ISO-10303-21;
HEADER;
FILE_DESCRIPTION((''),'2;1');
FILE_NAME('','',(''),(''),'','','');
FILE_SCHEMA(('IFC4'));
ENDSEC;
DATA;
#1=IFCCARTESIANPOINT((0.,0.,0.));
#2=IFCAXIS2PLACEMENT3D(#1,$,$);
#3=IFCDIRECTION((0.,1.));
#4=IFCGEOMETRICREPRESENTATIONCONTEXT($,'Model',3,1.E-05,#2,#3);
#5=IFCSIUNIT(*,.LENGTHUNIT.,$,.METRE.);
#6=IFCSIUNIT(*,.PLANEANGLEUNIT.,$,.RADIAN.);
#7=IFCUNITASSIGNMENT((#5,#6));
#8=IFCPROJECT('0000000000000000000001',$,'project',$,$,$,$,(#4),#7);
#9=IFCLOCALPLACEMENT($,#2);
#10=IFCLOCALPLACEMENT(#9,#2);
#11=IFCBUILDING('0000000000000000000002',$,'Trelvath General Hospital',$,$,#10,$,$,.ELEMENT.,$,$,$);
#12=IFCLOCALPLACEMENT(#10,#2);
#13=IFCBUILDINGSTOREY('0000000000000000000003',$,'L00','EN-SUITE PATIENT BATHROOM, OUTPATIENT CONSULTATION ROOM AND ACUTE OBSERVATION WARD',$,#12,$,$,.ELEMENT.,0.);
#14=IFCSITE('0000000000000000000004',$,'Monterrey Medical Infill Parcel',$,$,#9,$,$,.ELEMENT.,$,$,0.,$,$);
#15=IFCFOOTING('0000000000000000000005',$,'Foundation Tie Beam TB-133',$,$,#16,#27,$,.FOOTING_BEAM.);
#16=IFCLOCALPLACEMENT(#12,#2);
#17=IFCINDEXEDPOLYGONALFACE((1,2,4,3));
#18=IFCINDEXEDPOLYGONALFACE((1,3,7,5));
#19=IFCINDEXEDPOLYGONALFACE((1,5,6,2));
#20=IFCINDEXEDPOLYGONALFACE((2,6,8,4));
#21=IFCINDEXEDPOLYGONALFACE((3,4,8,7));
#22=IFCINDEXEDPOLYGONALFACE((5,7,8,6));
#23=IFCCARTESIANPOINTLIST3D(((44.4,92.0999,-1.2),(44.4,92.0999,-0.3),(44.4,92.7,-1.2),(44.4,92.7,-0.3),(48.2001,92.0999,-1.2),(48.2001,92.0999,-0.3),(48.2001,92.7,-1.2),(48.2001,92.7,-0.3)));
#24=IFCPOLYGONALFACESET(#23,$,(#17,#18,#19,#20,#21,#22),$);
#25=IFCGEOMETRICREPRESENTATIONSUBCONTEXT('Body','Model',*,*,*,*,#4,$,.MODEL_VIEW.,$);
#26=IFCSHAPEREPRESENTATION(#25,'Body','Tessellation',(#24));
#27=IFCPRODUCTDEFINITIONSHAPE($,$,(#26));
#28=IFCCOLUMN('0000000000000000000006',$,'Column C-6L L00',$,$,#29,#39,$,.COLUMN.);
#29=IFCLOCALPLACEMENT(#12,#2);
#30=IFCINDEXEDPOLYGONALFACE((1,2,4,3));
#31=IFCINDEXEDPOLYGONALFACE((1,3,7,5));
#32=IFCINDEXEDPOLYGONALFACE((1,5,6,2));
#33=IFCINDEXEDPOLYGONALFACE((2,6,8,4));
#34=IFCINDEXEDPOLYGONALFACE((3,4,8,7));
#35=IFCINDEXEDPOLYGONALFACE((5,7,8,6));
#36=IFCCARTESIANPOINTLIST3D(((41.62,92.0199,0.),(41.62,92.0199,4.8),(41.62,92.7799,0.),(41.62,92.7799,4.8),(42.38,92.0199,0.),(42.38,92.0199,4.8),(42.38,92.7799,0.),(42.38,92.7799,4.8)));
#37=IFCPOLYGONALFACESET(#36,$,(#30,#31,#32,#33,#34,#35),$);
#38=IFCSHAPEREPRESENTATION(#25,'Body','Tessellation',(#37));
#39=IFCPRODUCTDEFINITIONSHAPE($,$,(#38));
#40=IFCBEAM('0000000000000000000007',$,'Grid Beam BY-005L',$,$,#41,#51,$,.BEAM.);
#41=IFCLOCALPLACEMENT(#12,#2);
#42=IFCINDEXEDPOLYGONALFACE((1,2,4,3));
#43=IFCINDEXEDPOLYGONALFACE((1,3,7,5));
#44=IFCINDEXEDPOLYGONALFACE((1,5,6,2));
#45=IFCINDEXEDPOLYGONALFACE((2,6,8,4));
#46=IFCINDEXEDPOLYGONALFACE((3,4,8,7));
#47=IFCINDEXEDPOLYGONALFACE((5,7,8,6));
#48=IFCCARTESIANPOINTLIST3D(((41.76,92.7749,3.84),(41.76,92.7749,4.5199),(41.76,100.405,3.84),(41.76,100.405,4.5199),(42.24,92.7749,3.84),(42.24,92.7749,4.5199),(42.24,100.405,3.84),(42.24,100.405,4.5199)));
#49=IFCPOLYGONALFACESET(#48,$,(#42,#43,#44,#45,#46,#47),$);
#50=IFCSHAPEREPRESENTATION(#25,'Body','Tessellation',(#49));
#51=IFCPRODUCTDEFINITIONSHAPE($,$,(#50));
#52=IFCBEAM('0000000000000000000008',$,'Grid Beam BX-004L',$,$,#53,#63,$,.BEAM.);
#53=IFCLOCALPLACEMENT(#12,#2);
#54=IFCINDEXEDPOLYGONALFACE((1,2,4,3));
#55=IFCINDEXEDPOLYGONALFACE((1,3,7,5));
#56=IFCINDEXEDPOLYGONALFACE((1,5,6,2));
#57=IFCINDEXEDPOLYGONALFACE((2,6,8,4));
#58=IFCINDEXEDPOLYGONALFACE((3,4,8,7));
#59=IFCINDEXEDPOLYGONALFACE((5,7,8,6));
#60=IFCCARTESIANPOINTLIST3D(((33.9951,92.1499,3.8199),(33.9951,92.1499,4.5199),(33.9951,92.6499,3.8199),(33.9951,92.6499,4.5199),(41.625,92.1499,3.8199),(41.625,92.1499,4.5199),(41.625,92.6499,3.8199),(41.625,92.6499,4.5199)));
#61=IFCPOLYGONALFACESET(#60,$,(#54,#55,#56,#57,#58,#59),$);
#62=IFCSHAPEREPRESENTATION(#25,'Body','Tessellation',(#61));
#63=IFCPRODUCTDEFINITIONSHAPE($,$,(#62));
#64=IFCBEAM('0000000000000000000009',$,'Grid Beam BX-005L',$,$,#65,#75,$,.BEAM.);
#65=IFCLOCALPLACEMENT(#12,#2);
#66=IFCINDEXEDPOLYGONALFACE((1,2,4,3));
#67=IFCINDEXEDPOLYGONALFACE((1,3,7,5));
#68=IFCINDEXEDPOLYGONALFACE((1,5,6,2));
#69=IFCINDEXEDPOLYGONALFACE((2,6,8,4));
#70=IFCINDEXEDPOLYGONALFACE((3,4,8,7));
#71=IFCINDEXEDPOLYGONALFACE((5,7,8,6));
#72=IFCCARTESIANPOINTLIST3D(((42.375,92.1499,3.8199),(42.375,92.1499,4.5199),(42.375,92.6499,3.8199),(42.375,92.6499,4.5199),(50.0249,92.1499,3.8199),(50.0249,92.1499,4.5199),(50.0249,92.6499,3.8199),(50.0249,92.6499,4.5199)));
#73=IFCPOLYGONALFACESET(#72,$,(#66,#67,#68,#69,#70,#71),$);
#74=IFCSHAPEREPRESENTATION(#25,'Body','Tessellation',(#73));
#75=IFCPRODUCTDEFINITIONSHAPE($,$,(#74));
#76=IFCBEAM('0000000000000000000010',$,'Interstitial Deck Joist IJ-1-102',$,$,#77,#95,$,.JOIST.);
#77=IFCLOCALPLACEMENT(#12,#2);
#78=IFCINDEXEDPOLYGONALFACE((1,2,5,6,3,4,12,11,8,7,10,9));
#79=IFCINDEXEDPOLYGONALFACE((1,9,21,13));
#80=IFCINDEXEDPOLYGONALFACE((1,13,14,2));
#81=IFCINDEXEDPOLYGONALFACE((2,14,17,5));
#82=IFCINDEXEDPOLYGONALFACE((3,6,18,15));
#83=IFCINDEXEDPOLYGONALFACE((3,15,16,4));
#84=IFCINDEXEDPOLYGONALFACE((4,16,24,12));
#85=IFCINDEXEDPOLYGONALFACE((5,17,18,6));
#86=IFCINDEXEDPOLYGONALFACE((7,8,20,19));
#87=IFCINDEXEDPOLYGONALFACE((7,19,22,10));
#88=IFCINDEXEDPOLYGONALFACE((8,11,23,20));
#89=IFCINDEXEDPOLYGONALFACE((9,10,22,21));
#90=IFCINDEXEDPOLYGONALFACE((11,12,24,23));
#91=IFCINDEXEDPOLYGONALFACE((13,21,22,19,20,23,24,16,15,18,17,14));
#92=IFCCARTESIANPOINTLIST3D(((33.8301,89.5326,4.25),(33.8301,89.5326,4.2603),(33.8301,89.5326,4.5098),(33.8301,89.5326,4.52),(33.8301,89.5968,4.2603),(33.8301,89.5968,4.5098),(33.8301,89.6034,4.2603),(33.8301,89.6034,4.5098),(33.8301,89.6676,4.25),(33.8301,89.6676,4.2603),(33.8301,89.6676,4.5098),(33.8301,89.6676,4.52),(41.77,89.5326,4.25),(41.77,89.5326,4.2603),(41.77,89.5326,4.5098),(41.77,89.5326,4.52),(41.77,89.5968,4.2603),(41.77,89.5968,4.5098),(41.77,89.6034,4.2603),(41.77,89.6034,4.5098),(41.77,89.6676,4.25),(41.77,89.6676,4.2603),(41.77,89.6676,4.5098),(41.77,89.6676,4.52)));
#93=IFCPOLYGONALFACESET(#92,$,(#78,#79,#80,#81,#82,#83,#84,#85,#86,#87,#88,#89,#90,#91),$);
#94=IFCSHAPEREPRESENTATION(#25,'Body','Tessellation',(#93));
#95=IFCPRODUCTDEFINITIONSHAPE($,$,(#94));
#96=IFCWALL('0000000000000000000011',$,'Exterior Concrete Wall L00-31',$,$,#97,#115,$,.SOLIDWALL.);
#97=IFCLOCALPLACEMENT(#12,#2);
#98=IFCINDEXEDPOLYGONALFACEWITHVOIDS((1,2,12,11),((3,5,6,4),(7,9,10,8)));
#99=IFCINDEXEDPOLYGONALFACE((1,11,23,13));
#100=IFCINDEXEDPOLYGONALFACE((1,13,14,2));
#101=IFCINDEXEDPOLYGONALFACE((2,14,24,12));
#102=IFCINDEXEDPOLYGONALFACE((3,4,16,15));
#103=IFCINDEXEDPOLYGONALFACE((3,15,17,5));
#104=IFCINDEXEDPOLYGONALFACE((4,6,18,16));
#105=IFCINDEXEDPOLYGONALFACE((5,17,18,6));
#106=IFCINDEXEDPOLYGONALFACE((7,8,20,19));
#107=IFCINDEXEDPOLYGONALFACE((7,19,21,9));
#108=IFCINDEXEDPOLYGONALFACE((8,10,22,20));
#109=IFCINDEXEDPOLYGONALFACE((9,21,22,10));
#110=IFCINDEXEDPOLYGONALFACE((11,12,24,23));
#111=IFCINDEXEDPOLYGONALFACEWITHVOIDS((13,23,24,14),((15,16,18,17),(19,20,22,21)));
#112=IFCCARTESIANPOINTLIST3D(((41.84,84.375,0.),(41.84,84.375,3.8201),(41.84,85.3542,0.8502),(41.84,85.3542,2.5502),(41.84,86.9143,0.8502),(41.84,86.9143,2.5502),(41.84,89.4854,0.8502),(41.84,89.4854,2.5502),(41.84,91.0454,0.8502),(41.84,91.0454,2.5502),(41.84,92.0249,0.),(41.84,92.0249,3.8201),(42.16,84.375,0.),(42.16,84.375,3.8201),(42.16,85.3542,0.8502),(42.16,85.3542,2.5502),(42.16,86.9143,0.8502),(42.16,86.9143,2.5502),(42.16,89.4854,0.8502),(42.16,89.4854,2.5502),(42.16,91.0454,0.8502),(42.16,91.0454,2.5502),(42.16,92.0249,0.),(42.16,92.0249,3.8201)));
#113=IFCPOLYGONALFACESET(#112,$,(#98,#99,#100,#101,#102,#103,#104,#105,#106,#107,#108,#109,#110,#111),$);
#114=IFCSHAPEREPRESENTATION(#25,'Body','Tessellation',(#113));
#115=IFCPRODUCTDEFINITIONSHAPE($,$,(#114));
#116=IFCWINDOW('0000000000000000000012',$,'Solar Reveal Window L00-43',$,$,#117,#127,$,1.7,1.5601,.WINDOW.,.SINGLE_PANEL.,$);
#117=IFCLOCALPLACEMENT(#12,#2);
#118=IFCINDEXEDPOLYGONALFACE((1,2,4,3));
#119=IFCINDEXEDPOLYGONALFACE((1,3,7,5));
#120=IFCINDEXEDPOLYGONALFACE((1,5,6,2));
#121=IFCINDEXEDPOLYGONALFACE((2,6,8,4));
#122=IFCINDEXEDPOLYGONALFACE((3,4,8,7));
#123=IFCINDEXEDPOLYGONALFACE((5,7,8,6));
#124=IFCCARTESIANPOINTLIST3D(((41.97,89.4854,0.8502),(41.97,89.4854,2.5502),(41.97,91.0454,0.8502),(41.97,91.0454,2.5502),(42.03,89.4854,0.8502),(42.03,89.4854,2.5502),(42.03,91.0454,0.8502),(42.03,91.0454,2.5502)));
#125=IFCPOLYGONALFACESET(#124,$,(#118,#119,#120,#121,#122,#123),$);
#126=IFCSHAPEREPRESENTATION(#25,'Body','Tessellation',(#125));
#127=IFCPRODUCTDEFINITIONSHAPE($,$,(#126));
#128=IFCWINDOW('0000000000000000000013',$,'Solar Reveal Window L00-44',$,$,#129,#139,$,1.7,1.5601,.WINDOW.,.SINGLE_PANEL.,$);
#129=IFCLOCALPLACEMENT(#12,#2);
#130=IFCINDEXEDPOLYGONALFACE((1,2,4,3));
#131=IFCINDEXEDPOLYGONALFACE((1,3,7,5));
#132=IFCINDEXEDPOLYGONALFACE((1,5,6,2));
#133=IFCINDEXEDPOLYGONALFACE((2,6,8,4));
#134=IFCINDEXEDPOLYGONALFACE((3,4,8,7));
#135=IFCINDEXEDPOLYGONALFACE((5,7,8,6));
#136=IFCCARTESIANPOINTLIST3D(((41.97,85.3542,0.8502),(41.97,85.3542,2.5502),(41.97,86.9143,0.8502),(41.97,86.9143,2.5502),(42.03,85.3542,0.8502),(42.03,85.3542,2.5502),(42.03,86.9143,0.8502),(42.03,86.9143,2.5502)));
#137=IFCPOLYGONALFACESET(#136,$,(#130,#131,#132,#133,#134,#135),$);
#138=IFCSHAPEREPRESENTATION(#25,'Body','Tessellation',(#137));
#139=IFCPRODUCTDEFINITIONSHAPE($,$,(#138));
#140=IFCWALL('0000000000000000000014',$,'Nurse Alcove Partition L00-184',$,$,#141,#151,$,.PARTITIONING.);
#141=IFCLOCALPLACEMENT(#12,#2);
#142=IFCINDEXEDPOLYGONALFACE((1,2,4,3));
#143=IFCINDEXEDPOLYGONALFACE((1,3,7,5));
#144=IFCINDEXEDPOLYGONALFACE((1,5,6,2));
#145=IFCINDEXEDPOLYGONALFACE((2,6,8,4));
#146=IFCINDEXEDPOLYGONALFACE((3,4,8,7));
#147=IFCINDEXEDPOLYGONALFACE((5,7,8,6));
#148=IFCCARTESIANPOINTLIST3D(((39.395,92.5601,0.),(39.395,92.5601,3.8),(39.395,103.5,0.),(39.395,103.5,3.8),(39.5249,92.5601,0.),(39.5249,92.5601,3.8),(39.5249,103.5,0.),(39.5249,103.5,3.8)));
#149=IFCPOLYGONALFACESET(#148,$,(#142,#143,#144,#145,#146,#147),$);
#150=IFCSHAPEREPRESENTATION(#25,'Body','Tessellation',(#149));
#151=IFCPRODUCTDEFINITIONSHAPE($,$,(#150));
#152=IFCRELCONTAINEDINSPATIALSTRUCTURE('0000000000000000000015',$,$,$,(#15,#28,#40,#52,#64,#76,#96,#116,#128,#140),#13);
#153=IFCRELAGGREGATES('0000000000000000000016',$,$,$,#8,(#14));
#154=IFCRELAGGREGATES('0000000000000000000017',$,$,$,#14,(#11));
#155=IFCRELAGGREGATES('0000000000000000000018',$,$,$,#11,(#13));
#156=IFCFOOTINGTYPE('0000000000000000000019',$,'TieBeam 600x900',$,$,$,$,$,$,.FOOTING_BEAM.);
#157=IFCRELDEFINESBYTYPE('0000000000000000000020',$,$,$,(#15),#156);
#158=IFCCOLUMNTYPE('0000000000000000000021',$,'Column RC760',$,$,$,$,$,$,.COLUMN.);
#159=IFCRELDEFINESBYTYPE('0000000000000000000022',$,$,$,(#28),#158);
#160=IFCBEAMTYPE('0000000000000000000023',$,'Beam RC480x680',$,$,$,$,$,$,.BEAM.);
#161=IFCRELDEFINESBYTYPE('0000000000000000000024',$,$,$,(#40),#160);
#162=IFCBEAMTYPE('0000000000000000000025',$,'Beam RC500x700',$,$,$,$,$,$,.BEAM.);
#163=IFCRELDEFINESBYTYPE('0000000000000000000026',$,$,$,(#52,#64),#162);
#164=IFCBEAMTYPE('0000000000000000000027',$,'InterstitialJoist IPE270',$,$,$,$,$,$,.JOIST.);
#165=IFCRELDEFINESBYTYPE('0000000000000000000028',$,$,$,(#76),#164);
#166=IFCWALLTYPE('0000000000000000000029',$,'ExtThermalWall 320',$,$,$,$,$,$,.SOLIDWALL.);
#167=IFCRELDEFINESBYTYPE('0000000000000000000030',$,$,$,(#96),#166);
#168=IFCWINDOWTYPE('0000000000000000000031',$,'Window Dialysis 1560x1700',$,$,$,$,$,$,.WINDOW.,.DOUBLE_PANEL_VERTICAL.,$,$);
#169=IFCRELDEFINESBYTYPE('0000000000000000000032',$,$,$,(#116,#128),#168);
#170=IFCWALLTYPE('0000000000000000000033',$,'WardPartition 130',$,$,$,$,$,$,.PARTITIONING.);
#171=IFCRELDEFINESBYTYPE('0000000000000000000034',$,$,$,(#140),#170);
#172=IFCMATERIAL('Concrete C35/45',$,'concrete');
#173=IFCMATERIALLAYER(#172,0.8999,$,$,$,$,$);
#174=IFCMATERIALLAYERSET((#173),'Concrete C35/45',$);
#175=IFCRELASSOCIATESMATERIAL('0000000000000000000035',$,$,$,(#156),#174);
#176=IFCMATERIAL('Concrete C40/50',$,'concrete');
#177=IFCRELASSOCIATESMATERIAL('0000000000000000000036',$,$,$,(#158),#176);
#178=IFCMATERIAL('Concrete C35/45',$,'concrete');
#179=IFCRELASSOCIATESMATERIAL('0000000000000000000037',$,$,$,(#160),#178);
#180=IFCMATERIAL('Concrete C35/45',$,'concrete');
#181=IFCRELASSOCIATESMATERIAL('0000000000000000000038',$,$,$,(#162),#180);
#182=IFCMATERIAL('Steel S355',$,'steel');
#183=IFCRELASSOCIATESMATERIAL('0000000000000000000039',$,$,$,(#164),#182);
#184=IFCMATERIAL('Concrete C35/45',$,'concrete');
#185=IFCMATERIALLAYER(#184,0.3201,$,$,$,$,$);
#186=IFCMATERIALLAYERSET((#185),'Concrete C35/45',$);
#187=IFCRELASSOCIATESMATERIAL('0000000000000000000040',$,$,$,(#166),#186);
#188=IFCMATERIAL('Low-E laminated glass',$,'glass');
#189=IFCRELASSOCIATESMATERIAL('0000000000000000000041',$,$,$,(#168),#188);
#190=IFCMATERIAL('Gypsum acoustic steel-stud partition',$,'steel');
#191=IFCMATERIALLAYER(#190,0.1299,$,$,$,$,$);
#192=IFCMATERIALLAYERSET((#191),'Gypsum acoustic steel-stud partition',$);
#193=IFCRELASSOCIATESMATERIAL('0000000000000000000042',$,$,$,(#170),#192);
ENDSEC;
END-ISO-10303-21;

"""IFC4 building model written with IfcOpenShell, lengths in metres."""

from ifc_helpers import new_model, si_unit, direction, frame, frame_2d, origin, origin_2d, place, context, subcontext, project, spatial, rectangle, i_section, extrude, material, layer, layer_set, material_profile, profile_set, type_object, element, fill, save


model = new_model("IFC4")

# Units and contexts
model_context = context("Model", 3, precision=1e-05, world=origin(), true_north=direction((0.0, 1.0)))
body_context = subcontext(model_context, "Body", "Model", "MODEL_VIEW")
ifc_project = project(units=[si_unit("LENGTHUNIT", "METRE"), si_unit("PLANEANGLEUNIT", "RADIAN")], contexts=[model_context])

# Site, building, storey
site_placement = place(None, origin())
site = spatial("IfcSite", under=ifc_project, at=site_placement, Name="Monterrey Medical Infill Parcel", CompositionType="ELEMENT", RefElevation=0.0)
building_placement = place(site_placement, origin())
building = spatial("IfcBuilding", under=site, at=building_placement, Name="Trelvath General Hospital", CompositionType="ELEMENT")
storey_placement = place(building_placement, origin())
storey = spatial("IfcBuildingStorey", under=building, at=storey_placement, Name="L00", Description="EN-SUITE PATIENT BATHROOM, OUTPATIENT CONSULTATION ROOM AND ACUTE OBSERVATION WARD", CompositionType="ELEMENT", Elevation=0.0)

# Footing
ifc_material_1 = material(Name="Concrete C35/45", Category="concrete")
ifc_layer_1 = layer(ifc_material_1, 0.8999)
ifc_layer_set_1 = layer_set([ifc_layer_1], Name="Concrete C35/45")
footing_type_1 = type_object("IfcFootingType", Name="TieBeam 600x900", PredefinedType="FOOTING_BEAM", material=ifc_layer_set_1)
footing_1_placement = place(storey_placement, frame((46.3, 92.3999, -1.2), z_axis=(0.0, 0.0, 1.0), x_axis=(1.0, 0.0, 0.0)))
element("IfcFooting", 1, at=footing_1_placement, inside=storey, type_object=footing_type_1, Name="Foundation Tie Beam TB-133", PredefinedType="FOOTING_BEAM", context=body_context, shape_type="SweptSolid", body=[
    extrude(rectangle(XDim=3.8, YDim=0.6001, at=origin_2d()), origin(), (0.0, 0.0, 1.0), 0.8999),
])

# Column
ifc_material_2 = material(Name="Concrete C40/50", Category="concrete")
ifc_material_profile_1 = material_profile(ifc_material_2, rectangle(XDim=0.76, YDim=0.76, at=origin_2d()), Name="RC760x760")
ifc_profile_set_1 = profile_set([ifc_material_profile_1], Name="Concrete C40/50")
column_type = type_object("IfcColumnType", Name="Column RC760", PredefinedType="COLUMN", material=ifc_profile_set_1)
column_placement = place(storey_placement, frame((42.0, 92.3999, 0.0), z_axis=(0.0, 0.0, 1.0), x_axis=(1.0, 0.0, 0.0)))
element("IfcColumn", 2, at=column_placement, inside=storey, type_object=column_type, Name="Column C-6L L00", PredefinedType="COLUMN", context=body_context, shape_type="SweptSolid", body=[
    extrude(rectangle(XDim=0.76, YDim=0.76, at=origin_2d()), origin(), (0.0, 0.0, 1.0), 4.8),
])

# Beams
ifc_material_3 = material(Name="Concrete C35/45", Category="concrete")
ifc_material_profile_2 = material_profile(ifc_material_3, rectangle(XDim=0.48, YDim=0.6799, at=origin_2d()), Name="RCB480x680")
ifc_profile_set_2 = profile_set([ifc_material_profile_2], Name="Concrete C35/45")
beam_type_1 = type_object("IfcBeamType", Name="Beam RC480x680", PredefinedType="BEAM", material=ifc_profile_set_2)
beam_1_placement = place(storey_placement, frame((42.0, 92.7749, 4.1799), z_axis=(0.0, 1.0, 0.0), x_axis=(-1.0, 0.0, 0.0)))
element("IfcBeam", 3, at=beam_1_placement, inside=storey, type_object=beam_type_1, Name="Grid Beam BY-005L", PredefinedType="BEAM", context=body_context, shape_type="SweptSolid", body=[
    extrude(rectangle(XDim=0.48, YDim=0.6799, at=origin_2d()), origin(), (0.0, 0.0, 1.0), 7.6301),
])
ifc_material_4 = material(Name="Concrete C35/45", Category="concrete")
ifc_material_profile_3 = material_profile(ifc_material_4, rectangle(XDim=0.5, YDim=0.7, at=origin_2d()), Name="RCB500x700")
ifc_profile_set_3 = profile_set([ifc_material_profile_3], Name="Concrete C35/45")
beam_type_2 = type_object("IfcBeamType", Name="Beam RC500x700", PredefinedType="BEAM", material=ifc_profile_set_3)
beam_2_placement = place(storey_placement, frame((33.9951, 92.3999, 4.1699), z_axis=(1.0, 0.0, 0.0), x_axis=(0.0, 1.0, 0.0)))
element("IfcBeam", 4, at=beam_2_placement, inside=storey, type_object=beam_type_2, Name="Grid Beam BX-004L", PredefinedType="BEAM", context=body_context, shape_type="SweptSolid", body=[
    extrude(rectangle(XDim=0.5, YDim=0.7, at=origin_2d()), origin(), (0.0, 0.0, 1.0), 7.6299),
])
beam_3_placement = place(storey_placement, frame((42.375, 92.3999, 4.1699), z_axis=(1.0, 0.0, 0.0), x_axis=(0.0, 1.0, 0.0)))
element("IfcBeam", 5, at=beam_3_placement, inside=storey, type_object=beam_type_2, Name="Grid Beam BX-005L", PredefinedType="BEAM", context=body_context, shape_type="SweptSolid", body=[
    extrude(rectangle(XDim=0.5, YDim=0.7, at=origin_2d()), origin(), (0.0, 0.0, 1.0), 7.6499),
])
ifc_material_5 = material(Name="Steel S355", Category="steel")
ifc_material_profile_4 = material_profile(ifc_material_5, i_section(OverallWidth=0.135, OverallDepth=0.27, WebThickness=0.0066, FlangeThickness=0.0103, at=origin_2d()), Name="IPE270")
ifc_profile_set_4 = profile_set([ifc_material_profile_4], Name="Steel S355")
beam_type_3 = type_object("IfcBeamType", Name="InterstitialJoist IPE270", PredefinedType="JOIST", material=ifc_profile_set_4)
beam_4_placement = place(storey_placement, frame((33.8301, 89.6001, 4.385), z_axis=(1.0, 0.0, 0.0), x_axis=(0.0, 1.0, 0.0)))
element("IfcBeam", 6, at=beam_4_placement, inside=storey, type_object=beam_type_3, Name="Interstitial Deck Joist IJ-1-102", PredefinedType="JOIST", context=body_context, shape_type="SweptSolid", body=[
    extrude(i_section(OverallWidth=0.135, OverallDepth=0.27, WebThickness=0.0066, FlangeThickness=0.0103, at=origin_2d()), origin(), (0.0, 0.0, 1.0), 7.9399),
])

# Wall, openings, windows
ifc_material_6 = material(Name="Concrete C35/45", Category="concrete")
ifc_layer_2 = layer(ifc_material_6, 0.3201)
ifc_layer_set_2 = layer_set([ifc_layer_2], Name="Concrete C35/45")
wall_type_1 = type_object("IfcWallType", Name="ExtThermalWall 320", PredefinedType="SOLIDWALL", material=ifc_layer_set_2)
wall_1_placement = place(storey_placement, frame((42.0, 92.0249, 0.0), z_axis=(0.0, 0.0, 1.0), x_axis=(0.0, -1.0, 0.0)))
wall_1 = element("IfcWall", 7, at=wall_1_placement, inside=storey, type_object=wall_type_1, Name="Exterior Concrete Wall L00-31", PredefinedType="SOLIDWALL", context=body_context, shape_type="SweptSolid", body=[
    extrude(rectangle(XDim=7.6499, YDim=0.3201, at=frame_2d((3.825, 0.0))), origin(), (0.0, 0.0, 1.0), 3.8201),
])
opening_1_placement = place(wall_1_placement, frame((0.9795, 0.0, 0.8501)))
opening_1 = element("IfcOpeningElement", 8, at=opening_1_placement, cuts=wall_1, PredefinedType="OPENING", context=body_context, shape_type="SweptSolid", body=[
    extrude(rectangle(XDim=1.5601, YDim=1.7, at=frame_2d((0.78, 0.8501))), frame((0.0, 0.1699, 0.0), z_axis=(0.0, -1.0, 0.0), x_axis=(1.0, 0.0, 0.0)), (0.0, 0.0, 1.0), 0.3401),
])
opening_2_placement = place(wall_1_placement, frame((5.1106, 0.0, 0.8501)))
opening_2 = element("IfcOpeningElement", 9, at=opening_2_placement, cuts=wall_1, PredefinedType="OPENING", context=body_context, shape_type="SweptSolid", body=[
    extrude(rectangle(XDim=1.5601, YDim=1.7, at=frame_2d((0.78, 0.8501))), frame((0.0, 0.1699, 0.0), z_axis=(0.0, -1.0, 0.0), x_axis=(1.0, 0.0, 0.0)), (0.0, 0.0, 1.0), 0.3401),
])
ifc_material_7 = material(Name="Low-E laminated glass", Category="glass")
window_type = type_object("IfcWindowType", Name="Window Dialysis 1560x1700", PartitioningType="DOUBLE_PANEL_VERTICAL", PredefinedType="WINDOW", material=ifc_material_7)
window_1_placement = place(opening_1_placement, origin())
window_1 = element("IfcWindow", 10, at=window_1_placement, inside=storey, type_object=window_type, Name="Solar Reveal Window L00-43", OverallHeight=1.7, OverallWidth=1.5601, PartitioningType="SINGLE_PANEL", PredefinedType="WINDOW", context=body_context, shape_type="SweptSolid", body=[
    extrude(rectangle(XDim=1.5601, YDim=1.7, at=frame_2d((0.78, 0.8501))), frame((0.0, 0.03, 0.0), z_axis=(0.0, -1.0, 0.0), x_axis=(1.0, 0.0, 0.0)), (0.0, 0.0, 1.0), 0.0601),
])
fill(opening_1, window_1)
window_2_placement = place(opening_2_placement, origin())
window_2 = element("IfcWindow", 11, at=window_2_placement, inside=storey, type_object=window_type, Name="Solar Reveal Window L00-44", OverallHeight=1.7, OverallWidth=1.5601, PartitioningType="SINGLE_PANEL", PredefinedType="WINDOW", context=body_context, shape_type="SweptSolid", body=[
    extrude(rectangle(XDim=1.5601, YDim=1.7, at=frame_2d((0.78, 0.8501))), frame((0.0, 0.03, 0.0), z_axis=(0.0, -1.0, 0.0), x_axis=(1.0, 0.0, 0.0)), (0.0, 0.0, 1.0), 0.0601),
])
fill(opening_2, window_2)

# Wall
ifc_material_8 = material(Name="Gypsum acoustic steel-stud partition", Category="steel")
ifc_layer_3 = layer(ifc_material_8, 0.1299)
ifc_layer_set_3 = layer_set([ifc_layer_3], Name="Gypsum acoustic steel-stud partition")
wall_type_2 = type_object("IfcWallType", Name="WardPartition 130", PredefinedType="PARTITIONING", material=ifc_layer_set_3)
wall_2_placement = place(storey_placement, frame((39.46, 92.5601, 0.0), z_axis=(0.0, 0.0, 1.0), x_axis=(0.0, 1.0, 0.0)))
element("IfcWall", 12, at=wall_2_placement, inside=storey, type_object=wall_type_2, Name="Nurse Alcove Partition L00-184", PredefinedType="PARTITIONING", context=body_context, shape_type="SweptSolid", body=[
    extrude(rectangle(XDim=10.9399, YDim=0.1299, at=frame_2d((5.47, 0.0))), origin(), (0.0, 0.0, 1.0), 3.8),
])

save(model, "model.ifc")
